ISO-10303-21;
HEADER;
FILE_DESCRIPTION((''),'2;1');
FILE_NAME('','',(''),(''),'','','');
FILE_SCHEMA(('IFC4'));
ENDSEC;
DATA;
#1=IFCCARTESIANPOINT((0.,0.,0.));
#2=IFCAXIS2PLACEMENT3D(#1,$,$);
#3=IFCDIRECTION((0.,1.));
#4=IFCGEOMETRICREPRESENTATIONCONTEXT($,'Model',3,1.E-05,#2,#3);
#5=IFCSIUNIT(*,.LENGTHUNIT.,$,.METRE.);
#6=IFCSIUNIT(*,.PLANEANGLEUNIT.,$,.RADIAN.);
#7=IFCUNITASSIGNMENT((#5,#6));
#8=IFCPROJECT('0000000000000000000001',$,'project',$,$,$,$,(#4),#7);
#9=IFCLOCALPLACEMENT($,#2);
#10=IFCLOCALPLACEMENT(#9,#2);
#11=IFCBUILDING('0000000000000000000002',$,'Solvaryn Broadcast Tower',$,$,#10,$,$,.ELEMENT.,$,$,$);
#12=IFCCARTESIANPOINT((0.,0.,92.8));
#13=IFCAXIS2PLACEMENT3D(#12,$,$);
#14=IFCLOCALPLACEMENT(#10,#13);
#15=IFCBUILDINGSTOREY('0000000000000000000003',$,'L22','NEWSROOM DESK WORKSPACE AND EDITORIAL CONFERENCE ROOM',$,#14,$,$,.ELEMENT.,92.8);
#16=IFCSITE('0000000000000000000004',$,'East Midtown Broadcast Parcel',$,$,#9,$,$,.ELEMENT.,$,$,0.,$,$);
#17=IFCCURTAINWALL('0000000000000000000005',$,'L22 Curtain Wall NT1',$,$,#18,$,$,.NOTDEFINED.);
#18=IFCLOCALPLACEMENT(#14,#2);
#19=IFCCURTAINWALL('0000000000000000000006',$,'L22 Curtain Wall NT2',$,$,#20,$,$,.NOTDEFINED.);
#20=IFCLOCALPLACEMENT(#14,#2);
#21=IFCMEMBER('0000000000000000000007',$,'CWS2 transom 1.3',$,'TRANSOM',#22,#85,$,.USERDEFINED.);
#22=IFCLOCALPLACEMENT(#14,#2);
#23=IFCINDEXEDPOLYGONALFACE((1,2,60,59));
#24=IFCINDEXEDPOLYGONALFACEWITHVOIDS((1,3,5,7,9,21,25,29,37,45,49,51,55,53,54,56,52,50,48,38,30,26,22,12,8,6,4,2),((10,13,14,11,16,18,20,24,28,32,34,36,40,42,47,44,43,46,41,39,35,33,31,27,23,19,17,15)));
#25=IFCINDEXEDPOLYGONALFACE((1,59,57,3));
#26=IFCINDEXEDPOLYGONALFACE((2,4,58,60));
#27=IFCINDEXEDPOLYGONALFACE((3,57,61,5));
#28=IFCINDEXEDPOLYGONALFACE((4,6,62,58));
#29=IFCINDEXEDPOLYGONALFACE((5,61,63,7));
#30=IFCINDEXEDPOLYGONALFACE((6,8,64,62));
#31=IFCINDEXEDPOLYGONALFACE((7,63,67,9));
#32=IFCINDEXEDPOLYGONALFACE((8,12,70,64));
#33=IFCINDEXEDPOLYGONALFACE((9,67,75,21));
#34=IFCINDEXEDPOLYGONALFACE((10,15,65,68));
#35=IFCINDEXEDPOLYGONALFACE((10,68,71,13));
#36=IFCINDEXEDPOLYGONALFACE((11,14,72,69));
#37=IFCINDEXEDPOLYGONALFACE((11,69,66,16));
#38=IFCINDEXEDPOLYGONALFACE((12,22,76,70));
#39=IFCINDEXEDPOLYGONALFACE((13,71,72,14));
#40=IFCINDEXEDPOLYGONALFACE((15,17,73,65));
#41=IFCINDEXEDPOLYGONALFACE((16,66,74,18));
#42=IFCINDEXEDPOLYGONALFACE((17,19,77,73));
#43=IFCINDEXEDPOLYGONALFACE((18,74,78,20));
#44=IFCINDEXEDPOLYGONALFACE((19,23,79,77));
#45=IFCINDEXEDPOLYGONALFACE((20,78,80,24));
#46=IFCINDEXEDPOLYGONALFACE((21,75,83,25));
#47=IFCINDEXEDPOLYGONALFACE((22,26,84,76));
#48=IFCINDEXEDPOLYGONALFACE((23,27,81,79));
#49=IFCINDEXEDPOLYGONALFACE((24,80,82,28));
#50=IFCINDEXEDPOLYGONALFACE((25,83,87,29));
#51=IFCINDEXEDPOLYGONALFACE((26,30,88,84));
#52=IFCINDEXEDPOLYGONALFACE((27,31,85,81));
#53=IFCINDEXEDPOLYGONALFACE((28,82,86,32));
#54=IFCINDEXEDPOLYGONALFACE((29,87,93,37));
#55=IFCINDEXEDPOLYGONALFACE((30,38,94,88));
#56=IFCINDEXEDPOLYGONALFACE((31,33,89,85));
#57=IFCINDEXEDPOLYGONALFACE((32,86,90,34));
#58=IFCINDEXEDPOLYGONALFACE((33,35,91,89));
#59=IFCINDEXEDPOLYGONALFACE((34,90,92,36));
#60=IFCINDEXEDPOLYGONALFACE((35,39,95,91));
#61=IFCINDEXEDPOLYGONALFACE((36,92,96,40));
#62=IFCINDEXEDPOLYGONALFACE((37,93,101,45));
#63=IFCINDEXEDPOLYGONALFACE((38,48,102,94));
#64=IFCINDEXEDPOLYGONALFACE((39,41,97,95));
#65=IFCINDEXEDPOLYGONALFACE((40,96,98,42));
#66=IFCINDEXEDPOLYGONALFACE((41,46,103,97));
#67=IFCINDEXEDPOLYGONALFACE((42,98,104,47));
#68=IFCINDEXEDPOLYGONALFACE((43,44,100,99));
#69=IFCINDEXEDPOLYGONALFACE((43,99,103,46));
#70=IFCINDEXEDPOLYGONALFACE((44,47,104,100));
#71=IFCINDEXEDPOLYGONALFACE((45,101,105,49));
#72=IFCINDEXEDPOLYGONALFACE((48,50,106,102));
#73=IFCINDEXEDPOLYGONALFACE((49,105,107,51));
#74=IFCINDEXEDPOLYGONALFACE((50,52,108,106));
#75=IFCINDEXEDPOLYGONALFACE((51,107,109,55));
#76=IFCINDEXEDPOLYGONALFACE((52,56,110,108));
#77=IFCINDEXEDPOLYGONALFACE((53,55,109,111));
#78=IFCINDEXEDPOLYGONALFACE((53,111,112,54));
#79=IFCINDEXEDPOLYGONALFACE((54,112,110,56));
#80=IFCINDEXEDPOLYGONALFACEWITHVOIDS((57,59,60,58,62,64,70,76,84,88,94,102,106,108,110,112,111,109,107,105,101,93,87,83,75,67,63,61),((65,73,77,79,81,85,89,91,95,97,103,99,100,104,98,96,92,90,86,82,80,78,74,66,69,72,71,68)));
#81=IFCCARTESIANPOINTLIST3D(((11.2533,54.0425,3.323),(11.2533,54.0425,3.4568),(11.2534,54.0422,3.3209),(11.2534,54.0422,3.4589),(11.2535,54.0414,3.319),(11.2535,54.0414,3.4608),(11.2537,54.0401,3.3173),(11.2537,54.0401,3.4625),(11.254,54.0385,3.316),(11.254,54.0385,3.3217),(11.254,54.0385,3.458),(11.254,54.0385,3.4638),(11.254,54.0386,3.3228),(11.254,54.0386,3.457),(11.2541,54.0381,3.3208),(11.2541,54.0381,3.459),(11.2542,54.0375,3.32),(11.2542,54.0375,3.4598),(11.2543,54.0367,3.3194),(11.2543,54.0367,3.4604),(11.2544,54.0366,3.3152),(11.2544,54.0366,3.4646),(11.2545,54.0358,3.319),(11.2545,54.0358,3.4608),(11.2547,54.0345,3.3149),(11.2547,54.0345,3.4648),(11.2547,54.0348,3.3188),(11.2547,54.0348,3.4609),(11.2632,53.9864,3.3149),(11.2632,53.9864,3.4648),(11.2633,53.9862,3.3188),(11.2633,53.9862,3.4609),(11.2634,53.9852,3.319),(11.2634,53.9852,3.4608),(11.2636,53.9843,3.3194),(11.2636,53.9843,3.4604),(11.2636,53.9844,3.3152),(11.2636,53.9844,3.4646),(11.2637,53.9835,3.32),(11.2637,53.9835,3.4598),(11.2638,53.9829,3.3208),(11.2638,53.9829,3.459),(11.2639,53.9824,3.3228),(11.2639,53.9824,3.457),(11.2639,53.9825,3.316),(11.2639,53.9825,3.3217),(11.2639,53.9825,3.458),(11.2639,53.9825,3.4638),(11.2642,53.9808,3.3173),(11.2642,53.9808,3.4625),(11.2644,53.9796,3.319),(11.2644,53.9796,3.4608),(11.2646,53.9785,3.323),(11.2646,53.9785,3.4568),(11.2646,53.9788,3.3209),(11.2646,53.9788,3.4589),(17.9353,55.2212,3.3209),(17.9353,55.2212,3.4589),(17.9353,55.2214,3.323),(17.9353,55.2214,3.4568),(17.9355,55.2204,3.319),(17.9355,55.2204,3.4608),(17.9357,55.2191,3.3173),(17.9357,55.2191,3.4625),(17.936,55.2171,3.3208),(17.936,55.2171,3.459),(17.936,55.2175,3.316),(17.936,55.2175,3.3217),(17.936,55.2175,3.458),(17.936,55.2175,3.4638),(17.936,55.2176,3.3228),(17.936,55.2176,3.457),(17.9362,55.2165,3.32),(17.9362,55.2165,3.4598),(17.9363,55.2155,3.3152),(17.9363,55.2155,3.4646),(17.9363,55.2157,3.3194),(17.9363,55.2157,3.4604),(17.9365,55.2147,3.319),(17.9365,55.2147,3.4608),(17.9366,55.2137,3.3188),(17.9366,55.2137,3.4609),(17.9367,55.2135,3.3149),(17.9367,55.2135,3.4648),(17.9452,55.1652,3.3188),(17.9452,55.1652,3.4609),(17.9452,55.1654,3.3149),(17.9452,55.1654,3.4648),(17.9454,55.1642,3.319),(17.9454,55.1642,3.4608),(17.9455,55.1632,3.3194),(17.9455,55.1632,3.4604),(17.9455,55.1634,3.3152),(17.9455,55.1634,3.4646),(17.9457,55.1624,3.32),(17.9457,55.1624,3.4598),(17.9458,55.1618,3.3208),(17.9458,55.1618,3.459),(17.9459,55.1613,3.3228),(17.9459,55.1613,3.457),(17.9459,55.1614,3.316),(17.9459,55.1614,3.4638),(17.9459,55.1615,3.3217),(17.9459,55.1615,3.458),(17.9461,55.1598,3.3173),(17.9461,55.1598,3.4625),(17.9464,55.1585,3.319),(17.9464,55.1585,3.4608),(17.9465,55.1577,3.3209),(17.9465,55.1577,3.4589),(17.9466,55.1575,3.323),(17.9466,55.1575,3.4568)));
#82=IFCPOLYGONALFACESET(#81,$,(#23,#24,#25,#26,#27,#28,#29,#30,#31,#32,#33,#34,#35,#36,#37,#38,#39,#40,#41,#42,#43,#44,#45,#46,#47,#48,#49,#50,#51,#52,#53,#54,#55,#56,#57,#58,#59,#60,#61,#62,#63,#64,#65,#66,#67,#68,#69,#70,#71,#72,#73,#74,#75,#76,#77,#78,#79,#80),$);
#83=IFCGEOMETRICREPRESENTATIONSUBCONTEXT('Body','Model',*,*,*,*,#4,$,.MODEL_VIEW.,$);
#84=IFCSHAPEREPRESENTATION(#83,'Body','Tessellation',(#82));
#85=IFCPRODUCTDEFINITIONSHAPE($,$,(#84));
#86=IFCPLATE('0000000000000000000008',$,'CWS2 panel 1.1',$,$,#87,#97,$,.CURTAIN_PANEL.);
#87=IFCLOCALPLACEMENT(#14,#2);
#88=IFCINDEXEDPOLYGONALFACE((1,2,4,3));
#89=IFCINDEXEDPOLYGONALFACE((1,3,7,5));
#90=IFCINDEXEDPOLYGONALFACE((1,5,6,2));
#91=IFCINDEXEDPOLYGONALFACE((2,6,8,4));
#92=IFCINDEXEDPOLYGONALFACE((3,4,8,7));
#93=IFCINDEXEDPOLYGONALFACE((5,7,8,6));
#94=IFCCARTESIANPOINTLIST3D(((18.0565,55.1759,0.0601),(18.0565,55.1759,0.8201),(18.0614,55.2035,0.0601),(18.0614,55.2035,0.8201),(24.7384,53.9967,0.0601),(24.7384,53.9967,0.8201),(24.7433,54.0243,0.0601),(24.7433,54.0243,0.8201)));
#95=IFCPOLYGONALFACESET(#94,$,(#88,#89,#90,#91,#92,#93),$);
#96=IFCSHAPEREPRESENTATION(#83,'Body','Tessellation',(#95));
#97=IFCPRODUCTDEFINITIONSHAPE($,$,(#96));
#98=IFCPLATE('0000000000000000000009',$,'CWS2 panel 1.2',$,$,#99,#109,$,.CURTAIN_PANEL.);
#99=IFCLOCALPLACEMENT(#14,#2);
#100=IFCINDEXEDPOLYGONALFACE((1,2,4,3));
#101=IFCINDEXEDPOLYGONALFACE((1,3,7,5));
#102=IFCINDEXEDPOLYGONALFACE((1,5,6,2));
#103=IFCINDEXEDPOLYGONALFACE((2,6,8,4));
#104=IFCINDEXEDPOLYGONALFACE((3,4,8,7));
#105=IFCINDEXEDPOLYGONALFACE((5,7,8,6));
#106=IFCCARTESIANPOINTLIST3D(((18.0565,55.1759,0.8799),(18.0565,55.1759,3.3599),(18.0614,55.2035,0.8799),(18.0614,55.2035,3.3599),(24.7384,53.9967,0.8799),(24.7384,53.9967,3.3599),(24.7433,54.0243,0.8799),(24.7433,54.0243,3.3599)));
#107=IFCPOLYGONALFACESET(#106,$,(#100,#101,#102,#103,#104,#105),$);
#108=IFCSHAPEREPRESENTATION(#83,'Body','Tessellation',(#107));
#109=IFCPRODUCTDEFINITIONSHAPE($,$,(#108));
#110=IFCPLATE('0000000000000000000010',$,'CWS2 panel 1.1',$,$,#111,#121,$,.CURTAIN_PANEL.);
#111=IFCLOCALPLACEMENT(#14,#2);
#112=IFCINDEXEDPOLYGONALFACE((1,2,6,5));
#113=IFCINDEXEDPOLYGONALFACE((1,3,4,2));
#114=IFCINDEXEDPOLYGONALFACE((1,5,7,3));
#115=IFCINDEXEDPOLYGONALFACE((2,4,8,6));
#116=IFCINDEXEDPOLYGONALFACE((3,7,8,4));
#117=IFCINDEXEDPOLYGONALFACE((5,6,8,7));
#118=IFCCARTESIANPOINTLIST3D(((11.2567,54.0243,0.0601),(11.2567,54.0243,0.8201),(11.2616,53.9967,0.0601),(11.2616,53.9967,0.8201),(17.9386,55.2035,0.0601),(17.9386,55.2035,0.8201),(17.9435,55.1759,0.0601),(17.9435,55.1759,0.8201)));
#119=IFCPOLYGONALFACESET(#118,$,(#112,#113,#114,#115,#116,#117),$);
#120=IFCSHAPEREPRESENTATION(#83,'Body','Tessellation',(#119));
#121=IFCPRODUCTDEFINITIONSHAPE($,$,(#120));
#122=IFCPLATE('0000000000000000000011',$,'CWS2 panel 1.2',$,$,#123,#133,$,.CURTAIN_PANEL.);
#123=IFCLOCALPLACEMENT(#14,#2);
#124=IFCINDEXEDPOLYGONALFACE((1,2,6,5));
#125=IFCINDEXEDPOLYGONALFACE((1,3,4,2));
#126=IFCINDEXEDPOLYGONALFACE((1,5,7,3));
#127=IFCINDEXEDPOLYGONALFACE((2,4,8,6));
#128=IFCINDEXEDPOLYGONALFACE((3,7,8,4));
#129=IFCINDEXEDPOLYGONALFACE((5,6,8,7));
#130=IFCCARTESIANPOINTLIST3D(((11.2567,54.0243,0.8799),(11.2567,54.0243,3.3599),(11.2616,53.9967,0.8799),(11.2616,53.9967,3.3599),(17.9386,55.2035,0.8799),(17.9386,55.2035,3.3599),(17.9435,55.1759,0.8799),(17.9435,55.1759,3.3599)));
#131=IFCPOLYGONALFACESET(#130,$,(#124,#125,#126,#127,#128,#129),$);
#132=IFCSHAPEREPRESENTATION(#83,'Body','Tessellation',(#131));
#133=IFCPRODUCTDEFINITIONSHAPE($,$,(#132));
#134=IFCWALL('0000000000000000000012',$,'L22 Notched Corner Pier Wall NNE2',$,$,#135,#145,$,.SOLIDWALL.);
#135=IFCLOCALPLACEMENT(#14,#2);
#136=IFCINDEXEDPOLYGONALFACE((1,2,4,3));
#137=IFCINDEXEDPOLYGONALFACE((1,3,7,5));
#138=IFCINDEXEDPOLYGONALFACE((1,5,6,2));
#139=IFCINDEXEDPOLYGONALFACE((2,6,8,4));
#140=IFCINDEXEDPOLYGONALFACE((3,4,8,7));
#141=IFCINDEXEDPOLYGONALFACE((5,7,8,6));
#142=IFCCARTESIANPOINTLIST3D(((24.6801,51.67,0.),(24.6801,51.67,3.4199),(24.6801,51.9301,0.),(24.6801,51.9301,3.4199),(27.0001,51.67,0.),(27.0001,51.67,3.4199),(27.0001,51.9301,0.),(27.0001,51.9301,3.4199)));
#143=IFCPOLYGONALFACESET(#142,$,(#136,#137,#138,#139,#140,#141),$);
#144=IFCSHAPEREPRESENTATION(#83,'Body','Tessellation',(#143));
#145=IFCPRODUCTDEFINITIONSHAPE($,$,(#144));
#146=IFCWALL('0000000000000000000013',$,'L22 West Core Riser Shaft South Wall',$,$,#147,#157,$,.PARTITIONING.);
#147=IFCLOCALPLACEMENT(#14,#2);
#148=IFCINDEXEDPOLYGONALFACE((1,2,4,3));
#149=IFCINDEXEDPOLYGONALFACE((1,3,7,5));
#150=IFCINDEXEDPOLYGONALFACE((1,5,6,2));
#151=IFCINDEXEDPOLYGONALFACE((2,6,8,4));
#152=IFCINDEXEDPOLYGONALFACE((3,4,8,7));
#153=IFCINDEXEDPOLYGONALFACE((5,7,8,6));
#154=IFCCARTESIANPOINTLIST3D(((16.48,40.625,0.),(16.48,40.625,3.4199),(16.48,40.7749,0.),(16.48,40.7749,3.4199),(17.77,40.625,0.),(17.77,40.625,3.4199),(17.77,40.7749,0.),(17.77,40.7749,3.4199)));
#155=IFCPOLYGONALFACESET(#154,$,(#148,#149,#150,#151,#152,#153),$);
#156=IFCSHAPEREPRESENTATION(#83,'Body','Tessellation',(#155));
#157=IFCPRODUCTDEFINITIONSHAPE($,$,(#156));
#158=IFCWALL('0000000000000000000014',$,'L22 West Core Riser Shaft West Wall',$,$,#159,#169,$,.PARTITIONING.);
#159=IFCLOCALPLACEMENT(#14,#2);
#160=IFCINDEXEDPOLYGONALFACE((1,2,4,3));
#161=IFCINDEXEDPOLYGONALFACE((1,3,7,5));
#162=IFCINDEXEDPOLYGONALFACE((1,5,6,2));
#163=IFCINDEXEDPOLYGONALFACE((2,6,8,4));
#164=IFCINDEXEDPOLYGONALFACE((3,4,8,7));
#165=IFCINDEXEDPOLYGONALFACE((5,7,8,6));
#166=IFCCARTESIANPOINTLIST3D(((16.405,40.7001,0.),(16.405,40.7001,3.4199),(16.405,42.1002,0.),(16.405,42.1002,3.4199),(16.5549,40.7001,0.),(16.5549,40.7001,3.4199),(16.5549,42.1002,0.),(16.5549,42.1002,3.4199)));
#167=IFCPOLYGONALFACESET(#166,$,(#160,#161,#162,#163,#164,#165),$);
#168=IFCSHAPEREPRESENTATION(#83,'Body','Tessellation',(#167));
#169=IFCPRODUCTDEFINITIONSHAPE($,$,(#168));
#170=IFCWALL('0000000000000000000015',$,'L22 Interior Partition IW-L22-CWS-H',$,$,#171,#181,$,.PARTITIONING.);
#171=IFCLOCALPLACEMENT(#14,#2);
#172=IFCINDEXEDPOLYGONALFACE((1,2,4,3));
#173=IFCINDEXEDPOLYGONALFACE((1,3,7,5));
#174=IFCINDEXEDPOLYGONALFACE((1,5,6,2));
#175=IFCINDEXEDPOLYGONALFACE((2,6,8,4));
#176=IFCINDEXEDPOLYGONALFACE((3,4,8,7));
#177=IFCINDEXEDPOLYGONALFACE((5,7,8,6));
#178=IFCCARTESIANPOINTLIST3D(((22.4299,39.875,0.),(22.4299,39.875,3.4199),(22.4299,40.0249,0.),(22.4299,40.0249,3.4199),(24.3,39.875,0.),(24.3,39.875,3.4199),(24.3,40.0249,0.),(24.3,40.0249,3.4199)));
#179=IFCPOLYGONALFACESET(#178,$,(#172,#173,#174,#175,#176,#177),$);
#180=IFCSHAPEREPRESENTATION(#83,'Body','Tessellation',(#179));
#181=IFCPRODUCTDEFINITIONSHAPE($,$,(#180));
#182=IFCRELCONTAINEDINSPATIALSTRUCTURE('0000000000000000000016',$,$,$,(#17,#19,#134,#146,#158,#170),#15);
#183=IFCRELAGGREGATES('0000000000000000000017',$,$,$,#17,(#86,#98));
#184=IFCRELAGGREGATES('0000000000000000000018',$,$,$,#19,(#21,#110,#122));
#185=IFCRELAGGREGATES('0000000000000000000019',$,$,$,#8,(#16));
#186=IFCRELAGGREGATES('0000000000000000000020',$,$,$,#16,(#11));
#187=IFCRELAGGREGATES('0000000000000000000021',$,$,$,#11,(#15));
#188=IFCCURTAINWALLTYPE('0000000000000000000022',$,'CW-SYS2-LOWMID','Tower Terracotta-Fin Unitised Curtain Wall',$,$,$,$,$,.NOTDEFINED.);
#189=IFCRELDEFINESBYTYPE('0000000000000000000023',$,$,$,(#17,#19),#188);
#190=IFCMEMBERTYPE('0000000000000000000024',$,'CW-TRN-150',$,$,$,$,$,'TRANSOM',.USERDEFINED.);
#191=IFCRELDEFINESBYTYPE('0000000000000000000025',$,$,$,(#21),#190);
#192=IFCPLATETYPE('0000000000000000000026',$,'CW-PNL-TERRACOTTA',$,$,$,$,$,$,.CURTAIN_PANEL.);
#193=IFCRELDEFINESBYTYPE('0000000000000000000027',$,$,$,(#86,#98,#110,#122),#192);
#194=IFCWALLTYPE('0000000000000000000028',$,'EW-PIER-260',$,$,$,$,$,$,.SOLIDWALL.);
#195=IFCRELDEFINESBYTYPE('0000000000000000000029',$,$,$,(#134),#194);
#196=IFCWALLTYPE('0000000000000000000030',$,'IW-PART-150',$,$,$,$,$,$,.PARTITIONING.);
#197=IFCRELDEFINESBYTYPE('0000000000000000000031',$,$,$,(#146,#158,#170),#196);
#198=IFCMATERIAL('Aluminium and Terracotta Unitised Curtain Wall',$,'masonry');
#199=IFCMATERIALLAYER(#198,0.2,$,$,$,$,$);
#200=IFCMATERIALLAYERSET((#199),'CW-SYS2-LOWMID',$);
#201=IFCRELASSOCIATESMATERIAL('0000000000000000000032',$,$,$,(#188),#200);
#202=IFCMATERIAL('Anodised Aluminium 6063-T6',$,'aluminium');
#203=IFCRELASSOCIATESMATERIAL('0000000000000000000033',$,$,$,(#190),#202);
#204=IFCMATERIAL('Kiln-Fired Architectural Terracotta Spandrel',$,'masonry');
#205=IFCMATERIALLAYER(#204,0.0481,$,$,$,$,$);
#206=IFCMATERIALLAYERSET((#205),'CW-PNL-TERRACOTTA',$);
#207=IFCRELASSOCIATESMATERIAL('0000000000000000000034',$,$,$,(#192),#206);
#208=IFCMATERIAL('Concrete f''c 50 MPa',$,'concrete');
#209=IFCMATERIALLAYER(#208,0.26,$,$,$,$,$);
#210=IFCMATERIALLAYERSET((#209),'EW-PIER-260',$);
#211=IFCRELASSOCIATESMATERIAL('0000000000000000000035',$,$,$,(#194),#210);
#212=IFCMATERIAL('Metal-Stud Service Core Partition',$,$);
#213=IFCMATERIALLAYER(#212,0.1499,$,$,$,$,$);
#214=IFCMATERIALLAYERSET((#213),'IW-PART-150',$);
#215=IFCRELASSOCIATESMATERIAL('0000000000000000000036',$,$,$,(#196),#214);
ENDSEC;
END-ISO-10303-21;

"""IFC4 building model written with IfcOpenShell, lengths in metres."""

from ifc_helpers import new_model, si_unit, direction, frame, frame_2d, origin, origin_2d, place, context, subcontext, project, spatial, rectangle, hollow_rectangle, extrude, material, layer, layer_set, material_profile, profile_set, type_object, element, aggregate, save


model = new_model("IFC4")

# Units and contexts
model_context = context("Model", 3, precision=1e-05, world=origin(), true_north=direction((0.0, 1.0)))
body_context = subcontext(model_context, "Body", "Model", "MODEL_VIEW")
ifc_project = project(units=[si_unit("LENGTHUNIT", "METRE"), si_unit("PLANEANGLEUNIT", "RADIAN")], contexts=[model_context])

# Site, building, storey
site_placement = place(None, origin())
site = spatial("IfcSite", under=ifc_project, at=site_placement, Name="East Midtown Broadcast Parcel", CompositionType="ELEMENT", RefElevation=0.0)
building_placement = place(site_placement, origin())
building = spatial("IfcBuilding", under=site, at=building_placement, Name="Solvaryn Broadcast Tower", CompositionType="ELEMENT")
storey_placement = place(building_placement, frame((0.0, 0.0, 92.8)))
storey = spatial("IfcBuildingStorey", under=building, at=storey_placement, Name="L22", Description="NEWSROOM DESK WORKSPACE AND EDITORIAL CONFERENCE ROOM", CompositionType="ELEMENT", Elevation=92.8)

# Curtain wall
ifc_material_1 = material(Name="Aluminium and Terracotta Unitised Curtain Wall", Category="masonry")
ifc_layer_1 = layer(ifc_material_1, 0.2)
ifc_layer_set_1 = layer_set([ifc_layer_1], Name="CW-SYS2-LOWMID")
curtain_wall_type = type_object("IfcCurtainWallType", Name="CW-SYS2-LOWMID", Description="Tower Terracotta-Fin Unitised Curtain Wall", PredefinedType="NOTDEFINED", material=ifc_layer_set_1)
curtain_wall_1_placement = place(storey_placement, origin())
curtain_wall_1 = element("IfcCurtainWall", 1, at=curtain_wall_1_placement, inside=storey, type_object=curtain_wall_type, Name="L22 Curtain Wall NT1", PredefinedType="NOTDEFINED")

# Curtain wall, member
curtain_wall_2_placement = place(storey_placement, origin())
curtain_wall_2 = element("IfcCurtainWall", 2, at=curtain_wall_2_placement, inside=storey, type_object=curtain_wall_type, Name="L22 Curtain Wall NT2", PredefinedType="NOTDEFINED")
ifc_material_2 = material(Name="Anodised Aluminium 6063-T6", Category="aluminium")
ifc_material_profile_1 = material_profile(ifc_material_2, hollow_rectangle(XDim=0.0649, YDim=0.1499, WallThickness=0.0039, InnerFilletRadius=0.0039, OuterFilletRadius=0.0081, at=origin_2d()))
ifc_profile_set_1 = profile_set([ifc_material_profile_1], Name="Anodised Aluminium 6063-T6")
member_type_1 = type_object("IfcMemberType", Name="CW-TRN-150", ElementType="TRANSOM", PredefinedType="USERDEFINED", material=ifc_profile_set_1)
member_1_placement = place(storey_placement, frame((17.9409, 55.1895, 3.3899), z_axis=(-0.984789, -0.173757, 0.0), x_axis=(0.173757, -0.984789, 0.0)))
member_1 = element("IfcMember", 3, at=member_1_placement, type_object=member_type_1, Name="CWS2 transom 1.3", ObjectType="TRANSOM", PredefinedType="USERDEFINED", context=body_context, shape_type="SweptSolid", body=[
    extrude(hollow_rectangle(XDim=0.0649, YDim=0.1499, WallThickness=0.0039, InnerFilletRadius=0.0039, OuterFilletRadius=0.0081, at=origin_2d()), origin(), (0.0, 0.0, 1.0), 6.7852),
])

# Plates
ifc_material_3 = material(Name="Kiln-Fired Architectural Terracotta Spandrel", Category="masonry")
ifc_layer_2 = layer(ifc_material_3, 0.0481)
ifc_layer_set_2 = layer_set([ifc_layer_2], Name="CW-PNL-TERRACOTTA")
plate_type = type_object("IfcPlateType", Name="CW-PNL-TERRACOTTA", PredefinedType="CURTAIN_PANEL", material=ifc_layer_set_2)
plate_1_placement = place(storey_placement, frame((21.3999, 54.6001, 0.0601), z_axis=(0.0, 0.0, 1.0), x_axis=(-0.984784, 0.173785, 0.0)))
plate_1 = element("IfcPlate", 4, at=plate_1_placement, type_object=plate_type, Name="CWS2 panel 1.1", PredefinedType="CURTAIN_PANEL", context=body_context, shape_type="SweptSolid", body=[
    extrude(rectangle(XDim=6.7852, YDim=0.0281, at=origin_2d()), origin(), (0.0, 0.0, 1.0), 0.76),
])
plate_2_placement = place(storey_placement, frame((21.3999, 54.6001, 0.8799), z_axis=(0.0, 0.0, 1.0), x_axis=(-0.984784, 0.173785, 0.0)))
plate_2 = element("IfcPlate", 5, at=plate_2_placement, type_object=plate_type, Name="CWS2 panel 1.2", PredefinedType="CURTAIN_PANEL", context=body_context, shape_type="SweptSolid", body=[
    extrude(rectangle(XDim=6.7852, YDim=0.0281, at=origin_2d()), origin(), (0.0, 0.0, 1.0), 2.48),
])
aggregate(curtain_wall_1, [plate_1, plate_2])
plate_3_placement = place(storey_placement, frame((14.6001, 54.6001, 0.0601), z_axis=(0.0, 0.0, 1.0), x_axis=(-0.984784, -0.173785, 0.0)))
plate_3 = element("IfcPlate", 6, at=plate_3_placement, type_object=plate_type, Name="CWS2 panel 1.1", PredefinedType="CURTAIN_PANEL", context=body_context, shape_type="SweptSolid", body=[
    extrude(rectangle(XDim=6.7852, YDim=0.0281, at=origin_2d()), origin(), (0.0, 0.0, 1.0), 0.76),
])
plate_4_placement = place(storey_placement, frame((14.6001, 54.6001, 0.8799), z_axis=(0.0, 0.0, 1.0), x_axis=(-0.984784, -0.173785, 0.0)))
plate_4 = element("IfcPlate", 7, at=plate_4_placement, type_object=plate_type, Name="CWS2 panel 1.2", PredefinedType="CURTAIN_PANEL", context=body_context, shape_type="SweptSolid", body=[
    extrude(rectangle(XDim=6.7852, YDim=0.0281, at=origin_2d()), origin(), (0.0, 0.0, 1.0), 2.48),
])
aggregate(curtain_wall_2, [member_1, plate_3, plate_4])

# Walls
ifc_material_4 = material(Name="Concrete f'c 50 MPa", Category="concrete")
ifc_layer_3 = layer(ifc_material_4, 0.26)
ifc_layer_set_3 = layer_set([ifc_layer_3], Name="EW-PIER-260")
wall_type_1 = type_object("IfcWallType", Name="EW-PIER-260", PredefinedType="SOLIDWALL", material=ifc_layer_set_3)
wall_1_placement = place(storey_placement, frame((24.6799, 51.8, 0.0), z_axis=(0.0, 0.0, 1.0), x_axis=(1.0, 0.0, 0.0)))
element("IfcWall", 8, at=wall_1_placement, inside=storey, type_object=wall_type_1, Name="L22 Notched Corner Pier Wall NNE2", PredefinedType="SOLIDWALL", context=body_context, shape_type="SweptSolid", body=[
    extrude(rectangle(XDim=2.3201, YDim=0.26, at=frame_2d((1.1602, 0.0))), origin(), (0.0, 0.0, 1.0), 3.4199),
])
ifc_material_5 = material(Name="Metal-Stud Service Core Partition")
ifc_layer_4 = layer(ifc_material_5, 0.1499)
ifc_layer_set_4 = layer_set([ifc_layer_4], Name="IW-PART-150")
wall_type_2 = type_object("IfcWallType", Name="IW-PART-150", PredefinedType="PARTITIONING", material=ifc_layer_set_4)
wall_2_placement = place(storey_placement, frame((16.48, 40.7, 0.0), z_axis=(0.0, 0.0, 1.0), x_axis=(1.0, 0.0, 0.0)))
element("IfcWall", 9, at=wall_2_placement, inside=storey, type_object=wall_type_2, Name="L22 West Core Riser Shaft South Wall", PredefinedType="PARTITIONING", context=body_context, shape_type="SweptSolid", body=[
    extrude(rectangle(XDim=1.29, YDim=0.1499, at=frame_2d((0.645, 0.0))), origin(), (0.0, 0.0, 1.0), 3.4199),
])
wall_3_placement = place(storey_placement, frame((16.48, 40.7, 0.0), z_axis=(0.0, 0.0, 1.0), x_axis=(0.0, 1.0, 0.0)))
element("IfcWall", 10, at=wall_3_placement, inside=storey, type_object=wall_type_2, Name="L22 West Core Riser Shaft West Wall", PredefinedType="PARTITIONING", context=body_context, shape_type="SweptSolid", body=[
    extrude(rectangle(XDim=1.4001, YDim=0.1499, at=frame_2d((0.7002, 0.0))), origin(), (0.0, 0.0, 1.0), 3.4199),
])
wall_4_placement = place(storey_placement, frame((22.4299, 39.95, 0.0), z_axis=(0.0, 0.0, 1.0), x_axis=(1.0, 0.0, 0.0)))
element("IfcWall", 11, at=wall_4_placement, inside=storey, type_object=wall_type_2, Name="L22 Interior Partition IW-L22-CWS-H", PredefinedType="PARTITIONING", context=body_context, shape_type="SweptSolid", body=[
    extrude(rectangle(XDim=1.8701, YDim=0.1499, at=frame_2d((0.9351, 0.0))), origin(), (0.0, 0.0, 1.0), 3.4199),
])

save(model, "model.ifc")
